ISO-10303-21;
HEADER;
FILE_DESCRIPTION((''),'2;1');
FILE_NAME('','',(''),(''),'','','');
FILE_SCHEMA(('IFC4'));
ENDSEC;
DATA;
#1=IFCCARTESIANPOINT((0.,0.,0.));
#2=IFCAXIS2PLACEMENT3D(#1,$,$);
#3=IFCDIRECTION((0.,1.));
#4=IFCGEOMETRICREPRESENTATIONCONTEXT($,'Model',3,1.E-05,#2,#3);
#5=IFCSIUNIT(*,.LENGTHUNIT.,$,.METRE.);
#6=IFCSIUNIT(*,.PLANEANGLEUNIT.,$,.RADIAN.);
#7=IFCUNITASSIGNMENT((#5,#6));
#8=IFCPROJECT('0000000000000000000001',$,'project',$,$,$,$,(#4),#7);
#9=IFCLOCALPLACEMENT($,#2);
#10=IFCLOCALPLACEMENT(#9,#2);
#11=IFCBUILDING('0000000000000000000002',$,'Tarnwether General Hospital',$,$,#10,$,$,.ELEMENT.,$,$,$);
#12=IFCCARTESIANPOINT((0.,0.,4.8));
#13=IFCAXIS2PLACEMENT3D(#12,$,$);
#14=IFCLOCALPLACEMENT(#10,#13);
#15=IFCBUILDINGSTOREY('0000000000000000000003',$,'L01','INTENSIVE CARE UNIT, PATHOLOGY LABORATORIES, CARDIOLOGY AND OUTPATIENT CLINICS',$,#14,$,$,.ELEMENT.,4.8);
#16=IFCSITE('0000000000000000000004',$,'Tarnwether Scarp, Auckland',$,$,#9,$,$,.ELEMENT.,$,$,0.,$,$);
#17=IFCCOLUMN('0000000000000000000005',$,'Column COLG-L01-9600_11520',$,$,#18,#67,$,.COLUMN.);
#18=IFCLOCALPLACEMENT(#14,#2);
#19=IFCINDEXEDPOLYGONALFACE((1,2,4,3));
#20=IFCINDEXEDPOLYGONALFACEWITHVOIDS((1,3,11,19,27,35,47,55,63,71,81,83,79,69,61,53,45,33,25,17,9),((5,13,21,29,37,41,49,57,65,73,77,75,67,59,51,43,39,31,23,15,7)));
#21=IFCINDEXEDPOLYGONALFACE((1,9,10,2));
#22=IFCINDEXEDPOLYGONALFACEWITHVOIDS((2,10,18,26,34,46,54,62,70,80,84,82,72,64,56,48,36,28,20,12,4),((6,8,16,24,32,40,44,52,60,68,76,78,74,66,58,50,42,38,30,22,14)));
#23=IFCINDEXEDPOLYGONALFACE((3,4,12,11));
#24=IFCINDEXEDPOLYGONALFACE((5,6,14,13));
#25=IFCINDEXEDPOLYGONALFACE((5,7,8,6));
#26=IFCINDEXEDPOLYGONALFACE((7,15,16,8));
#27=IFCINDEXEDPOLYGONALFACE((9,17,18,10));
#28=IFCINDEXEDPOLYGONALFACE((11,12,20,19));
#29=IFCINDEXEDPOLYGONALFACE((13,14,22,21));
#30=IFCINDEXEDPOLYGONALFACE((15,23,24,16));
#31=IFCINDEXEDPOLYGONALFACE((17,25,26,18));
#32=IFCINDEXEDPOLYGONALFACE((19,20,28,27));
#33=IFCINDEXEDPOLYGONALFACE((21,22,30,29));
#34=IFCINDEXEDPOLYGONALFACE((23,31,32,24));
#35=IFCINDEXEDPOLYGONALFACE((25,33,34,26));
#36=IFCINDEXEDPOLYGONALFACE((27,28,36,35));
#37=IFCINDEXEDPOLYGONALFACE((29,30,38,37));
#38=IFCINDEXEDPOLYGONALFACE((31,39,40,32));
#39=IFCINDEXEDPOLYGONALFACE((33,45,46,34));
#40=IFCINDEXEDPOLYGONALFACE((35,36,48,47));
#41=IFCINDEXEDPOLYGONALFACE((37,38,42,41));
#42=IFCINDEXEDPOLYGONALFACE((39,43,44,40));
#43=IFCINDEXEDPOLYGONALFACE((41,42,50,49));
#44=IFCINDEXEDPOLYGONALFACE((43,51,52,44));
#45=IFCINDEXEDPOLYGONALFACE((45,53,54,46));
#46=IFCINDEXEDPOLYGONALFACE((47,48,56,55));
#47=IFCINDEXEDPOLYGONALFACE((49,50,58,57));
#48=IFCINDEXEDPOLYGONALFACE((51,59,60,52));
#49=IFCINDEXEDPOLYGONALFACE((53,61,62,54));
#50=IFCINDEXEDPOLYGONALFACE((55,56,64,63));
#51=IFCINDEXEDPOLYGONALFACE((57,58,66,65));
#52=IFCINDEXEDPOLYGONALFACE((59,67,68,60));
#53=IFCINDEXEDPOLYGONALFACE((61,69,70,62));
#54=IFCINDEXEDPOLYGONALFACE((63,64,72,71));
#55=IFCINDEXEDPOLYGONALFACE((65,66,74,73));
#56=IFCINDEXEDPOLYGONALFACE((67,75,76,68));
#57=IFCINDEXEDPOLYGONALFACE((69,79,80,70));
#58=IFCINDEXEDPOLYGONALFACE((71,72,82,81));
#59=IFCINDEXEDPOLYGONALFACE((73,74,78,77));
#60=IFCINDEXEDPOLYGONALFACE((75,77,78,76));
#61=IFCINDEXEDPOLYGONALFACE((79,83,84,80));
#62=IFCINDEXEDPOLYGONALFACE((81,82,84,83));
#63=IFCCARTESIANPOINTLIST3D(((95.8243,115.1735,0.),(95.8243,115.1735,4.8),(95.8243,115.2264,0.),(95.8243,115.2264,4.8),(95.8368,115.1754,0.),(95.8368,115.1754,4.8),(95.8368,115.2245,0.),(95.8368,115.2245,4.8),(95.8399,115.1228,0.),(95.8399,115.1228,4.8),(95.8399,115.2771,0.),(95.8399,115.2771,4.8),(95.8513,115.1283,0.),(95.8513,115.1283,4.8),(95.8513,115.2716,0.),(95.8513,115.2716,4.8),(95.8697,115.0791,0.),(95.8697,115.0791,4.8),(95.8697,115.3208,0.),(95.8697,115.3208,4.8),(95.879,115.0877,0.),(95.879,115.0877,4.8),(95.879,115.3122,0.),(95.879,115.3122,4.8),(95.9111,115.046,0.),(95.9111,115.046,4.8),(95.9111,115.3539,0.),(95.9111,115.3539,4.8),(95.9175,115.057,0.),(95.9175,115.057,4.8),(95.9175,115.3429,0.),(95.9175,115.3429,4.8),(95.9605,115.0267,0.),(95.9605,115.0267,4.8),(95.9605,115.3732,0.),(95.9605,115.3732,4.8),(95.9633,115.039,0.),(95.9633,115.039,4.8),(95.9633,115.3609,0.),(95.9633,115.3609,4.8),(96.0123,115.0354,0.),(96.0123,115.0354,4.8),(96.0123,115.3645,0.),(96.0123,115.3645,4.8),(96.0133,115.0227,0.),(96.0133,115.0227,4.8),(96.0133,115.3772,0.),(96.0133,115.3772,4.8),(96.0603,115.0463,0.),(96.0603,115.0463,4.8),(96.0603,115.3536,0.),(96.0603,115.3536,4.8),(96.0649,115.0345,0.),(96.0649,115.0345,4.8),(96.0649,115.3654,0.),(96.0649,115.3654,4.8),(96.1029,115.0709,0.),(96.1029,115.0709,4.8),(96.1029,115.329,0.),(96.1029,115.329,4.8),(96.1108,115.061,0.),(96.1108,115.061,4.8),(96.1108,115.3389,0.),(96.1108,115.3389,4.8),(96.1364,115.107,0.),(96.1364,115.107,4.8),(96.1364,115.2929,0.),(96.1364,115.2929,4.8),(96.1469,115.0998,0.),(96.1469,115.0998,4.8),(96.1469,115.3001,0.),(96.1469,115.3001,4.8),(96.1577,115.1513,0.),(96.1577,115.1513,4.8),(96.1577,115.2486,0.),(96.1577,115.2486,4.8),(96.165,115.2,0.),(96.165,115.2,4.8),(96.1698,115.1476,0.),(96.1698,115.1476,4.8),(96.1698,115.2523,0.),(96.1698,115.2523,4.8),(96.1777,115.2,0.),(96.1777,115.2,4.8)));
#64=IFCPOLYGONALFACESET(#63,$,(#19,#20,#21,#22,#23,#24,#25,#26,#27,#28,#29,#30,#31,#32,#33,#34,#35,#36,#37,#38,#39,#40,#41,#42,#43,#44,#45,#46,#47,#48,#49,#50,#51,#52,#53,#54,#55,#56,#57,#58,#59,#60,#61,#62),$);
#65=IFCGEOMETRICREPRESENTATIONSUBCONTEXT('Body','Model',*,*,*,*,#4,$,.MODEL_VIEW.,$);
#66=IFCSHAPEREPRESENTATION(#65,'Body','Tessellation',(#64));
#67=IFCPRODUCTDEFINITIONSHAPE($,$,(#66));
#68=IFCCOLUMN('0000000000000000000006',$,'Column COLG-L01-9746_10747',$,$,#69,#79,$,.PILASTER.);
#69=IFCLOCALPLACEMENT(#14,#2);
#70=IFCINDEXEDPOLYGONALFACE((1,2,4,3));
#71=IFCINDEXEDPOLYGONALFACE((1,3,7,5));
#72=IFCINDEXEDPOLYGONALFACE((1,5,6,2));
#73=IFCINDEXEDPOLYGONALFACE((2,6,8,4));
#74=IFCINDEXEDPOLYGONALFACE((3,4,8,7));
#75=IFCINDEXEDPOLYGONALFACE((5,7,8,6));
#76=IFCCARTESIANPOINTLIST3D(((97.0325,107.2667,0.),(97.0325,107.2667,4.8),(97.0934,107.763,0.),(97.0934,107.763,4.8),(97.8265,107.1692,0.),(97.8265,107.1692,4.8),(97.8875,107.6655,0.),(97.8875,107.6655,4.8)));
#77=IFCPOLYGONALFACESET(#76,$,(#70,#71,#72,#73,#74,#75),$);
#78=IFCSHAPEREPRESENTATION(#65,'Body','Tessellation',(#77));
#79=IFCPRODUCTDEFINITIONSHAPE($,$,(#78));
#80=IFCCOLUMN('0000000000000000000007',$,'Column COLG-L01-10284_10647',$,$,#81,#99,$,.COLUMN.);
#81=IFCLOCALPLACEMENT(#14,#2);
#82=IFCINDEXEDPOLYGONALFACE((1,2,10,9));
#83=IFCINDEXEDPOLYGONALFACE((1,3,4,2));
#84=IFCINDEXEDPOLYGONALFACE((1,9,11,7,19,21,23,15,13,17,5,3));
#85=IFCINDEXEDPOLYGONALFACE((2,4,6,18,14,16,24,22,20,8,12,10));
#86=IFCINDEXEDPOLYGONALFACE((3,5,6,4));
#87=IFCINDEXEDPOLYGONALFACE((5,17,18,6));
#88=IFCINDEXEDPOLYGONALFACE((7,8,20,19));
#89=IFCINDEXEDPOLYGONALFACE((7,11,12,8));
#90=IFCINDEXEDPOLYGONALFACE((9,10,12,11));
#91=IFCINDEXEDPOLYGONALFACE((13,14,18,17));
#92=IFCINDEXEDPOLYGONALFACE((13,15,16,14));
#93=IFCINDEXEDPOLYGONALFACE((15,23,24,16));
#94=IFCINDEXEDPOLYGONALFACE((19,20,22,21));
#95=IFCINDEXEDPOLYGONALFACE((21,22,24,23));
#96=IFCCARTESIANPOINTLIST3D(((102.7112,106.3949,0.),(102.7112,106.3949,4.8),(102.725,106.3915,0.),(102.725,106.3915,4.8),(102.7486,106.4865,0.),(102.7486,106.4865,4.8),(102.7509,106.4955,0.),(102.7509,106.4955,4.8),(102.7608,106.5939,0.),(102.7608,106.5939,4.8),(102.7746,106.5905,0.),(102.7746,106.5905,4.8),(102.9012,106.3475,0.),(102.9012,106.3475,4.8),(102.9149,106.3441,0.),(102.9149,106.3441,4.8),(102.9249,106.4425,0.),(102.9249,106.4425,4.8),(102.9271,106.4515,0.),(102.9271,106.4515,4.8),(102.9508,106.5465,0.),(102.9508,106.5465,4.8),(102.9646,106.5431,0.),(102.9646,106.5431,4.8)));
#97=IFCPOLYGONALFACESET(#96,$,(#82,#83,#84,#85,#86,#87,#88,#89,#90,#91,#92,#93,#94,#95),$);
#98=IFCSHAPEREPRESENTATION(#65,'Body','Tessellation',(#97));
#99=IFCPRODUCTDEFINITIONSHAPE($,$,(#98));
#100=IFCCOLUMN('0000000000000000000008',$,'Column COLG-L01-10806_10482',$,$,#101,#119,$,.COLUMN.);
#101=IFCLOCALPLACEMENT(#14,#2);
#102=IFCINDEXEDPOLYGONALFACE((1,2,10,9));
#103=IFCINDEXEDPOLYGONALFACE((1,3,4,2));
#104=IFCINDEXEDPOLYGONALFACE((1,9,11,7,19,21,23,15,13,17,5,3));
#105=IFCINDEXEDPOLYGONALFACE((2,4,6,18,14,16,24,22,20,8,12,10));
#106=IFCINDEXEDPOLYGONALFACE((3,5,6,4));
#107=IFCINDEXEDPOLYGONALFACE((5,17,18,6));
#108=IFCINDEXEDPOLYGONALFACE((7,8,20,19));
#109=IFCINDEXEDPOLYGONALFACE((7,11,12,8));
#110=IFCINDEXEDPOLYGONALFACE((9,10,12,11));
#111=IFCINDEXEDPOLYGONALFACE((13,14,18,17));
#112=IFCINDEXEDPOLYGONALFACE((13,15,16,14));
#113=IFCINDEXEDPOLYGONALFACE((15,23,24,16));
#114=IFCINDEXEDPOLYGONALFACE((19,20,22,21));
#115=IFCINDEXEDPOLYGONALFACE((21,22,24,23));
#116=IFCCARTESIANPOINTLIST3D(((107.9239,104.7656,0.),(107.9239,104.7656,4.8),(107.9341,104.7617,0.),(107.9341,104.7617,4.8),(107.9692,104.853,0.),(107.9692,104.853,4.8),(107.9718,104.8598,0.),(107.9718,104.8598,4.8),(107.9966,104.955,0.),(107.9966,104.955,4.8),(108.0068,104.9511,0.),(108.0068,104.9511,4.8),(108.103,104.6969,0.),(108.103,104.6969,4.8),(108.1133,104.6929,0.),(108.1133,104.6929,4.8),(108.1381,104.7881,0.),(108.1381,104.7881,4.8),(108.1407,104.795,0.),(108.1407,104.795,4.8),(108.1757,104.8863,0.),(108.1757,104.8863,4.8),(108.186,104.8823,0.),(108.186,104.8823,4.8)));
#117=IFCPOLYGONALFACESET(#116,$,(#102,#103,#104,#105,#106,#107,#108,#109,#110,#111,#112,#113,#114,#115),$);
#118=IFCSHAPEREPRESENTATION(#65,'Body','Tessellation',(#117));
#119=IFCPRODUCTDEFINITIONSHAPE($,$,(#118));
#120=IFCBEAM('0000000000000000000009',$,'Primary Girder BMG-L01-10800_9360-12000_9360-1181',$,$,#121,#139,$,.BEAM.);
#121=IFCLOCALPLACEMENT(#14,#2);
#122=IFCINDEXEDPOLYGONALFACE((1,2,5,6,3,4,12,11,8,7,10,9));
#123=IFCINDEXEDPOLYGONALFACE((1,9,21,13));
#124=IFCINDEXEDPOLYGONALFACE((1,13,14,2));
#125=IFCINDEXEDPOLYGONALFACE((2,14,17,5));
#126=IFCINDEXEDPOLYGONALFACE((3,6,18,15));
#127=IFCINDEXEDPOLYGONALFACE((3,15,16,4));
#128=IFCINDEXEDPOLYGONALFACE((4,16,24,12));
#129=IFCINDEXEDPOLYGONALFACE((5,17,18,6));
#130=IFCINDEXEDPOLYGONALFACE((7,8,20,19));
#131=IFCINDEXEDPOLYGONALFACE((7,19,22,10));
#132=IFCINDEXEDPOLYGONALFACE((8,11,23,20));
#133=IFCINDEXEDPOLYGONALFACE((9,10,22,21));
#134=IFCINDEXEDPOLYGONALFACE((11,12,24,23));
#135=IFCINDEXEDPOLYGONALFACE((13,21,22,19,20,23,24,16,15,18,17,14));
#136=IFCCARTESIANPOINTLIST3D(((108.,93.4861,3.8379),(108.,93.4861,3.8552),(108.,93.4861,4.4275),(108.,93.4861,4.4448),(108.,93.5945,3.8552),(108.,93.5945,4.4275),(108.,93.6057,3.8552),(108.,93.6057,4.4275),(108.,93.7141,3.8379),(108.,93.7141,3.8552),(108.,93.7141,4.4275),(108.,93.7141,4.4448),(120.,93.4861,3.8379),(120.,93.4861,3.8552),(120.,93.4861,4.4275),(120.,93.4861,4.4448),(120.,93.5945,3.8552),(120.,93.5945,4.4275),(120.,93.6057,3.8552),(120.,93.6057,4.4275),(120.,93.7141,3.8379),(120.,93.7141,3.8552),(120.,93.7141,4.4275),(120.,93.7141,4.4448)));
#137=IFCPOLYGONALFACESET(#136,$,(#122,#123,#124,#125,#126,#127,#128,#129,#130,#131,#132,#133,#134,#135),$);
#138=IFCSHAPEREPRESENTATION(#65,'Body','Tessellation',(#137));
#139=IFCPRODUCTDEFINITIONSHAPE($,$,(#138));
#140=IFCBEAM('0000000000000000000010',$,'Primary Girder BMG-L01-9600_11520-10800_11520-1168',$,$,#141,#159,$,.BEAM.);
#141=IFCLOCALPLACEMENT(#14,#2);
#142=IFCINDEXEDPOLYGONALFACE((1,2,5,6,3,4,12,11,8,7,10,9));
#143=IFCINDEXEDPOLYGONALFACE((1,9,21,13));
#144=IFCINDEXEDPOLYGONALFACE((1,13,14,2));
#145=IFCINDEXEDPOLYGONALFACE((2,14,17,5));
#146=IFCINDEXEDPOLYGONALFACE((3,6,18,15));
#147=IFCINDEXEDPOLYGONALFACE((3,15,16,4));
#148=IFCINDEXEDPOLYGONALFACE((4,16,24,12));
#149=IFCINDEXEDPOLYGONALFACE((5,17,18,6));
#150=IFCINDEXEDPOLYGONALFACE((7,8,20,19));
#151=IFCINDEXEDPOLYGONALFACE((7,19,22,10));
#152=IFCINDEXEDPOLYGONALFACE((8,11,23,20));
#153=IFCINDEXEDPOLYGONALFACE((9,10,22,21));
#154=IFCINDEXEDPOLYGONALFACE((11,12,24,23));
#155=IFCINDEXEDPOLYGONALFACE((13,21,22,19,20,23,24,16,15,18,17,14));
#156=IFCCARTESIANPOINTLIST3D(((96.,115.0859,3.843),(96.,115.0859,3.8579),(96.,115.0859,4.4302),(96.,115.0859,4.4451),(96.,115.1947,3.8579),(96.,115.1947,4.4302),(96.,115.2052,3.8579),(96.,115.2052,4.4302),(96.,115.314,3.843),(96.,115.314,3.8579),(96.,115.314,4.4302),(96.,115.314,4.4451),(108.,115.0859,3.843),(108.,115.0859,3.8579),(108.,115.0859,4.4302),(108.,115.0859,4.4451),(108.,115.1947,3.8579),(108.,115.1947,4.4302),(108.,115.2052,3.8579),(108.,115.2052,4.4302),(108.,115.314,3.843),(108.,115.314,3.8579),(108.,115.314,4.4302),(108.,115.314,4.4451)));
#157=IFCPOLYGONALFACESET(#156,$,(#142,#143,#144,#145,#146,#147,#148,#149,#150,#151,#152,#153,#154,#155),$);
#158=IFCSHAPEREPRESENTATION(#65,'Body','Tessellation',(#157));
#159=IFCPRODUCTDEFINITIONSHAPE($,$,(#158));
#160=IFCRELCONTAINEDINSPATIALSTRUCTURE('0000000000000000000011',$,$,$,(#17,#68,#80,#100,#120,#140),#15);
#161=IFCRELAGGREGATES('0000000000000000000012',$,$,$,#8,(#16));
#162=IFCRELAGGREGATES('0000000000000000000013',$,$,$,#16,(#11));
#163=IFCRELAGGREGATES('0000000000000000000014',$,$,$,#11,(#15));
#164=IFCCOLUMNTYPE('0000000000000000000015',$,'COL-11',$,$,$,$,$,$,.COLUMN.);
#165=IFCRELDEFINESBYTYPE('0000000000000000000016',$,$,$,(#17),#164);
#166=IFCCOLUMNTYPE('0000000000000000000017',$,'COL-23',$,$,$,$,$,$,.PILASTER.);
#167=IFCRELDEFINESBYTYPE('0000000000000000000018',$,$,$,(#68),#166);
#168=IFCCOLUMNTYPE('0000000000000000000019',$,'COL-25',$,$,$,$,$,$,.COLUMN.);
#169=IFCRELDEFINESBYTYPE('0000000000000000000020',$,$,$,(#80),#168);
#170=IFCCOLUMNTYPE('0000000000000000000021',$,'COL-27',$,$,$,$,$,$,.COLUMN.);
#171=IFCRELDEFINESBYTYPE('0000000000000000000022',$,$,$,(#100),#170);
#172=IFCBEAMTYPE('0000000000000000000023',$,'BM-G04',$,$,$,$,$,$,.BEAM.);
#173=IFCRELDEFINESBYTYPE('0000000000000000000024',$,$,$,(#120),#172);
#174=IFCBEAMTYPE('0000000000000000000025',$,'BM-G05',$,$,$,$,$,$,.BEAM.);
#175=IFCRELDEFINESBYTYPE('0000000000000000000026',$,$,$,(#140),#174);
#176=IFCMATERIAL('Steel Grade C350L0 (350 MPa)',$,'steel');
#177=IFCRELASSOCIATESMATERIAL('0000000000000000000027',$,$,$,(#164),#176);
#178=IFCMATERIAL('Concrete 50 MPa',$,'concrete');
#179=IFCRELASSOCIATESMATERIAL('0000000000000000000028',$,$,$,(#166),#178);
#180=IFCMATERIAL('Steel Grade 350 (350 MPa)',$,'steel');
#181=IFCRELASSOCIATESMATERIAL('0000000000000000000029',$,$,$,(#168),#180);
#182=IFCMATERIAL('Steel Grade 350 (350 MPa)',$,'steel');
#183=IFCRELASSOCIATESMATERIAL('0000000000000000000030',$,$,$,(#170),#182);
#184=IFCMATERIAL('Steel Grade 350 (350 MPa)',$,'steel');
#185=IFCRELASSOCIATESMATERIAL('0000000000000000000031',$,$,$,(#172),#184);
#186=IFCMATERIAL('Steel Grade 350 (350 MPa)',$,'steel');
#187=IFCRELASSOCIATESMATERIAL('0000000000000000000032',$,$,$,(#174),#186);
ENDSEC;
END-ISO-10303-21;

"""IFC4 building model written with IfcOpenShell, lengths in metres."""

from ifc_helpers import new_model, si_unit, direction, frame, origin, origin_2d, place, context, subcontext, project, spatial, rectangle, hollow_circle, i_section, extrude, material, material_profile, profile_set, type_object, element, save


model = new_model("IFC4")

# Units and contexts
model_context = context("Model", 3, precision=1e-05, world=origin(), true_north=direction((0.0, 1.0)))
body_context = subcontext(model_context, "Body", "Model", "MODEL_VIEW")
ifc_project = project(units=[si_unit("LENGTHUNIT", "METRE"), si_unit("PLANEANGLEUNIT", "RADIAN")], contexts=[model_context])

# Site, building, storey
site_placement = place(None, origin())
site = spatial("IfcSite", under=ifc_project, at=site_placement, Name="Tarnwether Scarp, Auckland", CompositionType="ELEMENT", RefElevation=0.0)
building_placement = place(site_placement, origin())
building = spatial("IfcBuilding", under=site, at=building_placement, Name="Tarnwether General Hospital", CompositionType="ELEMENT")
storey_placement = place(building_placement, frame((0.0, 0.0, 4.8)))
storey = spatial("IfcBuildingStorey", under=building, at=storey_placement, Name="L01", Description="INTENSIVE CARE UNIT, PATHOLOGY LABORATORIES, CARDIOLOGY AND OUTPATIENT CLINICS", CompositionType="ELEMENT", Elevation=4.8)

# Columns
ifc_material_1 = material(Name="Steel Grade C350L0 (350 MPa)", Category="steel")
ifc_material_profile_1 = material_profile(ifc_material_1, hollow_circle(Radius=0.1777, WallThickness=0.0127, at=origin_2d()), Name="CHS355.6x12.7")
ifc_profile_set_1 = profile_set([ifc_material_profile_1], Name="Steel Grade C350L0 (350 MPa)")
column_type_1 = type_object("IfcColumnType", Name="COL-11", PredefinedType="COLUMN", material=ifc_profile_set_1)
column_1_placement = place(storey_placement, frame((96.0, 115.2, 0.0), z_axis=(0.0, 0.0, 1.0), x_axis=(1.0, 0.0, 0.0)))
element("IfcColumn", 1, at=column_1_placement, inside=storey, type_object=column_type_1, Name="Column COLG-L01-9600_11520", PredefinedType="COLUMN", context=body_context, shape_type="SweptSolid", body=[
    extrude(hollow_circle(Radius=0.1777, WallThickness=0.0127, at=origin_2d()), origin(), (0.0, 0.0, 1.0), 4.8),
])
ifc_material_2 = material(Name="Concrete 50 MPa", Category="concrete")
ifc_material_profile_2 = material_profile(ifc_material_2, rectangle(XDim=0.5, YDim=0.8, at=origin_2d()), Name="RC-PIL-500x800")
ifc_profile_set_2 = profile_set([ifc_material_profile_2], Name="Concrete 50 MPa")
column_type_2 = type_object("IfcColumnType", Name="COL-23", PredefinedType="PILASTER", material=ifc_profile_set_2)
column_2_placement = place(storey_placement, frame((97.46, 107.4661, 0.0), z_axis=(0.0, 0.0, 1.0), x_axis=(0.121869, 0.992546, 0.0)))
element("IfcColumn", 2, at=column_2_placement, inside=storey, type_object=column_type_2, Name="Column COLG-L01-9746_10747", PredefinedType="PILASTER", context=body_context, shape_type="SweptSolid", body=[
    extrude(rectangle(XDim=0.5, YDim=0.8, at=origin_2d()), origin(), (0.0, 0.0, 1.0), 4.8),
])
ifc_material_3 = material(Name="Steel Grade 350 (350 MPa)", Category="steel")
ifc_material_profile_3 = material_profile(ifc_material_3, i_section(OverallWidth=0.2051, OverallDepth=0.21, WebThickness=0.0093, FlangeThickness=0.0142, at=origin_2d()), Name="200UC59.5")
ifc_profile_set_3 = profile_set([ifc_material_profile_3], Name="Steel Grade 350 (350 MPa)")
column_type_3 = type_object("IfcColumnType", Name="COL-25", PredefinedType="COLUMN", material=ifc_profile_set_3)
column_3_placement = place(storey_placement, frame((102.8379, 106.469, 0.0), z_axis=(0.0, 0.0, 1.0), x_axis=(0.241922, 0.970296, 0.0)))
element("IfcColumn", 3, at=column_3_placement, inside=storey, type_object=column_type_3, Name="Column COLG-L01-10284_10647", PredefinedType="COLUMN", context=body_context, shape_type="SweptSolid", body=[
    extrude(i_section(OverallWidth=0.2051, OverallDepth=0.21, WebThickness=0.0093, FlangeThickness=0.0142, at=origin_2d()), origin(), (0.0, 0.0, 1.0), 4.8),
])
ifc_material_4 = material(Name="Steel Grade 350 (350 MPa)", Category="steel")
ifc_material_profile_4 = material_profile(ifc_material_4, i_section(OverallWidth=0.2029, OverallDepth=0.2029, WebThickness=0.0073, FlangeThickness=0.011, at=origin_2d()), Name="200UC46.2")
ifc_profile_set_4 = profile_set([ifc_material_profile_4], Name="Steel Grade 350 (350 MPa)")
column_type_4 = type_object("IfcColumnType", Name="COL-27", PredefinedType="COLUMN", material=ifc_profile_set_4)
column_4_placement = place(storey_placement, frame((108.0549, 104.824, 0.0), z_axis=(0.0, 0.0, 1.0), x_axis=(0.358368, 0.93358, 0.0)))
element("IfcColumn", 4, at=column_4_placement, inside=storey, type_object=column_type_4, Name="Column COLG-L01-10806_10482", PredefinedType="COLUMN", context=body_context, shape_type="SweptSolid", body=[
    extrude(i_section(OverallWidth=0.2029, OverallDepth=0.2029, WebThickness=0.0073, FlangeThickness=0.011, at=origin_2d()), origin(), (0.0, 0.0, 1.0), 4.8),
])

# Beams
ifc_material_5 = material(Name="Steel Grade 350 (350 MPa)", Category="steel")
ifc_material_profile_5 = material_profile(ifc_material_5, i_section(OverallWidth=0.228, OverallDepth=0.6069, WebThickness=0.0112, FlangeThickness=0.0173, at=origin_2d()), Name="610UB113")
ifc_profile_set_5 = profile_set([ifc_material_profile_5], Name="Steel Grade 350 (350 MPa)")
beam_type_1 = type_object("IfcBeamType", Name="BM-G04", PredefinedType="BEAM", material=ifc_profile_set_5)
beam_1_placement = place(storey_placement, frame((108.0, 93.6001, 4.1414), z_axis=(1.0, 0.0, 0.0), x_axis=(0.0, 1.0, 0.0)))
element("IfcBeam", 5, at=beam_1_placement, inside=storey, type_object=beam_type_1, Name="Primary Girder BMG-L01-10800_9360-12000_9360-1181", PredefinedType="BEAM", context=body_context, shape_type="SweptSolid", body=[
    extrude(i_section(OverallWidth=0.228, OverallDepth=0.6069, WebThickness=0.0112, FlangeThickness=0.0173, at=origin_2d()), origin(), (0.0, 0.0, 1.0), 12.0),
])
ifc_material_6 = material(Name="Steel Grade 350 (350 MPa)", Category="steel")
ifc_material_profile_6 = material_profile(ifc_material_6, i_section(OverallWidth=0.228, OverallDepth=0.6021, WebThickness=0.0105, FlangeThickness=0.0149, at=origin_2d()), Name="610UB101")
ifc_profile_set_6 = profile_set([ifc_material_profile_6], Name="Steel Grade 350 (350 MPa)")
beam_type_2 = type_object("IfcBeamType", Name="BM-G05", PredefinedType="BEAM", material=ifc_profile_set_6)
beam_2_placement = place(storey_placement, frame((96.0, 115.2, 4.144), z_axis=(1.0, 0.0, 0.0), x_axis=(0.0, 1.0, 0.0)))
element("IfcBeam", 6, at=beam_2_placement, inside=storey, type_object=beam_type_2, Name="Primary Girder BMG-L01-9600_11520-10800_11520-1168", PredefinedType="BEAM", context=body_context, shape_type="SweptSolid", body=[
    extrude(i_section(OverallWidth=0.228, OverallDepth=0.6021, WebThickness=0.0105, FlangeThickness=0.0149, at=origin_2d()), origin(), (0.0, 0.0, 1.0), 12.0),
])

save(model, "model.ifc")
